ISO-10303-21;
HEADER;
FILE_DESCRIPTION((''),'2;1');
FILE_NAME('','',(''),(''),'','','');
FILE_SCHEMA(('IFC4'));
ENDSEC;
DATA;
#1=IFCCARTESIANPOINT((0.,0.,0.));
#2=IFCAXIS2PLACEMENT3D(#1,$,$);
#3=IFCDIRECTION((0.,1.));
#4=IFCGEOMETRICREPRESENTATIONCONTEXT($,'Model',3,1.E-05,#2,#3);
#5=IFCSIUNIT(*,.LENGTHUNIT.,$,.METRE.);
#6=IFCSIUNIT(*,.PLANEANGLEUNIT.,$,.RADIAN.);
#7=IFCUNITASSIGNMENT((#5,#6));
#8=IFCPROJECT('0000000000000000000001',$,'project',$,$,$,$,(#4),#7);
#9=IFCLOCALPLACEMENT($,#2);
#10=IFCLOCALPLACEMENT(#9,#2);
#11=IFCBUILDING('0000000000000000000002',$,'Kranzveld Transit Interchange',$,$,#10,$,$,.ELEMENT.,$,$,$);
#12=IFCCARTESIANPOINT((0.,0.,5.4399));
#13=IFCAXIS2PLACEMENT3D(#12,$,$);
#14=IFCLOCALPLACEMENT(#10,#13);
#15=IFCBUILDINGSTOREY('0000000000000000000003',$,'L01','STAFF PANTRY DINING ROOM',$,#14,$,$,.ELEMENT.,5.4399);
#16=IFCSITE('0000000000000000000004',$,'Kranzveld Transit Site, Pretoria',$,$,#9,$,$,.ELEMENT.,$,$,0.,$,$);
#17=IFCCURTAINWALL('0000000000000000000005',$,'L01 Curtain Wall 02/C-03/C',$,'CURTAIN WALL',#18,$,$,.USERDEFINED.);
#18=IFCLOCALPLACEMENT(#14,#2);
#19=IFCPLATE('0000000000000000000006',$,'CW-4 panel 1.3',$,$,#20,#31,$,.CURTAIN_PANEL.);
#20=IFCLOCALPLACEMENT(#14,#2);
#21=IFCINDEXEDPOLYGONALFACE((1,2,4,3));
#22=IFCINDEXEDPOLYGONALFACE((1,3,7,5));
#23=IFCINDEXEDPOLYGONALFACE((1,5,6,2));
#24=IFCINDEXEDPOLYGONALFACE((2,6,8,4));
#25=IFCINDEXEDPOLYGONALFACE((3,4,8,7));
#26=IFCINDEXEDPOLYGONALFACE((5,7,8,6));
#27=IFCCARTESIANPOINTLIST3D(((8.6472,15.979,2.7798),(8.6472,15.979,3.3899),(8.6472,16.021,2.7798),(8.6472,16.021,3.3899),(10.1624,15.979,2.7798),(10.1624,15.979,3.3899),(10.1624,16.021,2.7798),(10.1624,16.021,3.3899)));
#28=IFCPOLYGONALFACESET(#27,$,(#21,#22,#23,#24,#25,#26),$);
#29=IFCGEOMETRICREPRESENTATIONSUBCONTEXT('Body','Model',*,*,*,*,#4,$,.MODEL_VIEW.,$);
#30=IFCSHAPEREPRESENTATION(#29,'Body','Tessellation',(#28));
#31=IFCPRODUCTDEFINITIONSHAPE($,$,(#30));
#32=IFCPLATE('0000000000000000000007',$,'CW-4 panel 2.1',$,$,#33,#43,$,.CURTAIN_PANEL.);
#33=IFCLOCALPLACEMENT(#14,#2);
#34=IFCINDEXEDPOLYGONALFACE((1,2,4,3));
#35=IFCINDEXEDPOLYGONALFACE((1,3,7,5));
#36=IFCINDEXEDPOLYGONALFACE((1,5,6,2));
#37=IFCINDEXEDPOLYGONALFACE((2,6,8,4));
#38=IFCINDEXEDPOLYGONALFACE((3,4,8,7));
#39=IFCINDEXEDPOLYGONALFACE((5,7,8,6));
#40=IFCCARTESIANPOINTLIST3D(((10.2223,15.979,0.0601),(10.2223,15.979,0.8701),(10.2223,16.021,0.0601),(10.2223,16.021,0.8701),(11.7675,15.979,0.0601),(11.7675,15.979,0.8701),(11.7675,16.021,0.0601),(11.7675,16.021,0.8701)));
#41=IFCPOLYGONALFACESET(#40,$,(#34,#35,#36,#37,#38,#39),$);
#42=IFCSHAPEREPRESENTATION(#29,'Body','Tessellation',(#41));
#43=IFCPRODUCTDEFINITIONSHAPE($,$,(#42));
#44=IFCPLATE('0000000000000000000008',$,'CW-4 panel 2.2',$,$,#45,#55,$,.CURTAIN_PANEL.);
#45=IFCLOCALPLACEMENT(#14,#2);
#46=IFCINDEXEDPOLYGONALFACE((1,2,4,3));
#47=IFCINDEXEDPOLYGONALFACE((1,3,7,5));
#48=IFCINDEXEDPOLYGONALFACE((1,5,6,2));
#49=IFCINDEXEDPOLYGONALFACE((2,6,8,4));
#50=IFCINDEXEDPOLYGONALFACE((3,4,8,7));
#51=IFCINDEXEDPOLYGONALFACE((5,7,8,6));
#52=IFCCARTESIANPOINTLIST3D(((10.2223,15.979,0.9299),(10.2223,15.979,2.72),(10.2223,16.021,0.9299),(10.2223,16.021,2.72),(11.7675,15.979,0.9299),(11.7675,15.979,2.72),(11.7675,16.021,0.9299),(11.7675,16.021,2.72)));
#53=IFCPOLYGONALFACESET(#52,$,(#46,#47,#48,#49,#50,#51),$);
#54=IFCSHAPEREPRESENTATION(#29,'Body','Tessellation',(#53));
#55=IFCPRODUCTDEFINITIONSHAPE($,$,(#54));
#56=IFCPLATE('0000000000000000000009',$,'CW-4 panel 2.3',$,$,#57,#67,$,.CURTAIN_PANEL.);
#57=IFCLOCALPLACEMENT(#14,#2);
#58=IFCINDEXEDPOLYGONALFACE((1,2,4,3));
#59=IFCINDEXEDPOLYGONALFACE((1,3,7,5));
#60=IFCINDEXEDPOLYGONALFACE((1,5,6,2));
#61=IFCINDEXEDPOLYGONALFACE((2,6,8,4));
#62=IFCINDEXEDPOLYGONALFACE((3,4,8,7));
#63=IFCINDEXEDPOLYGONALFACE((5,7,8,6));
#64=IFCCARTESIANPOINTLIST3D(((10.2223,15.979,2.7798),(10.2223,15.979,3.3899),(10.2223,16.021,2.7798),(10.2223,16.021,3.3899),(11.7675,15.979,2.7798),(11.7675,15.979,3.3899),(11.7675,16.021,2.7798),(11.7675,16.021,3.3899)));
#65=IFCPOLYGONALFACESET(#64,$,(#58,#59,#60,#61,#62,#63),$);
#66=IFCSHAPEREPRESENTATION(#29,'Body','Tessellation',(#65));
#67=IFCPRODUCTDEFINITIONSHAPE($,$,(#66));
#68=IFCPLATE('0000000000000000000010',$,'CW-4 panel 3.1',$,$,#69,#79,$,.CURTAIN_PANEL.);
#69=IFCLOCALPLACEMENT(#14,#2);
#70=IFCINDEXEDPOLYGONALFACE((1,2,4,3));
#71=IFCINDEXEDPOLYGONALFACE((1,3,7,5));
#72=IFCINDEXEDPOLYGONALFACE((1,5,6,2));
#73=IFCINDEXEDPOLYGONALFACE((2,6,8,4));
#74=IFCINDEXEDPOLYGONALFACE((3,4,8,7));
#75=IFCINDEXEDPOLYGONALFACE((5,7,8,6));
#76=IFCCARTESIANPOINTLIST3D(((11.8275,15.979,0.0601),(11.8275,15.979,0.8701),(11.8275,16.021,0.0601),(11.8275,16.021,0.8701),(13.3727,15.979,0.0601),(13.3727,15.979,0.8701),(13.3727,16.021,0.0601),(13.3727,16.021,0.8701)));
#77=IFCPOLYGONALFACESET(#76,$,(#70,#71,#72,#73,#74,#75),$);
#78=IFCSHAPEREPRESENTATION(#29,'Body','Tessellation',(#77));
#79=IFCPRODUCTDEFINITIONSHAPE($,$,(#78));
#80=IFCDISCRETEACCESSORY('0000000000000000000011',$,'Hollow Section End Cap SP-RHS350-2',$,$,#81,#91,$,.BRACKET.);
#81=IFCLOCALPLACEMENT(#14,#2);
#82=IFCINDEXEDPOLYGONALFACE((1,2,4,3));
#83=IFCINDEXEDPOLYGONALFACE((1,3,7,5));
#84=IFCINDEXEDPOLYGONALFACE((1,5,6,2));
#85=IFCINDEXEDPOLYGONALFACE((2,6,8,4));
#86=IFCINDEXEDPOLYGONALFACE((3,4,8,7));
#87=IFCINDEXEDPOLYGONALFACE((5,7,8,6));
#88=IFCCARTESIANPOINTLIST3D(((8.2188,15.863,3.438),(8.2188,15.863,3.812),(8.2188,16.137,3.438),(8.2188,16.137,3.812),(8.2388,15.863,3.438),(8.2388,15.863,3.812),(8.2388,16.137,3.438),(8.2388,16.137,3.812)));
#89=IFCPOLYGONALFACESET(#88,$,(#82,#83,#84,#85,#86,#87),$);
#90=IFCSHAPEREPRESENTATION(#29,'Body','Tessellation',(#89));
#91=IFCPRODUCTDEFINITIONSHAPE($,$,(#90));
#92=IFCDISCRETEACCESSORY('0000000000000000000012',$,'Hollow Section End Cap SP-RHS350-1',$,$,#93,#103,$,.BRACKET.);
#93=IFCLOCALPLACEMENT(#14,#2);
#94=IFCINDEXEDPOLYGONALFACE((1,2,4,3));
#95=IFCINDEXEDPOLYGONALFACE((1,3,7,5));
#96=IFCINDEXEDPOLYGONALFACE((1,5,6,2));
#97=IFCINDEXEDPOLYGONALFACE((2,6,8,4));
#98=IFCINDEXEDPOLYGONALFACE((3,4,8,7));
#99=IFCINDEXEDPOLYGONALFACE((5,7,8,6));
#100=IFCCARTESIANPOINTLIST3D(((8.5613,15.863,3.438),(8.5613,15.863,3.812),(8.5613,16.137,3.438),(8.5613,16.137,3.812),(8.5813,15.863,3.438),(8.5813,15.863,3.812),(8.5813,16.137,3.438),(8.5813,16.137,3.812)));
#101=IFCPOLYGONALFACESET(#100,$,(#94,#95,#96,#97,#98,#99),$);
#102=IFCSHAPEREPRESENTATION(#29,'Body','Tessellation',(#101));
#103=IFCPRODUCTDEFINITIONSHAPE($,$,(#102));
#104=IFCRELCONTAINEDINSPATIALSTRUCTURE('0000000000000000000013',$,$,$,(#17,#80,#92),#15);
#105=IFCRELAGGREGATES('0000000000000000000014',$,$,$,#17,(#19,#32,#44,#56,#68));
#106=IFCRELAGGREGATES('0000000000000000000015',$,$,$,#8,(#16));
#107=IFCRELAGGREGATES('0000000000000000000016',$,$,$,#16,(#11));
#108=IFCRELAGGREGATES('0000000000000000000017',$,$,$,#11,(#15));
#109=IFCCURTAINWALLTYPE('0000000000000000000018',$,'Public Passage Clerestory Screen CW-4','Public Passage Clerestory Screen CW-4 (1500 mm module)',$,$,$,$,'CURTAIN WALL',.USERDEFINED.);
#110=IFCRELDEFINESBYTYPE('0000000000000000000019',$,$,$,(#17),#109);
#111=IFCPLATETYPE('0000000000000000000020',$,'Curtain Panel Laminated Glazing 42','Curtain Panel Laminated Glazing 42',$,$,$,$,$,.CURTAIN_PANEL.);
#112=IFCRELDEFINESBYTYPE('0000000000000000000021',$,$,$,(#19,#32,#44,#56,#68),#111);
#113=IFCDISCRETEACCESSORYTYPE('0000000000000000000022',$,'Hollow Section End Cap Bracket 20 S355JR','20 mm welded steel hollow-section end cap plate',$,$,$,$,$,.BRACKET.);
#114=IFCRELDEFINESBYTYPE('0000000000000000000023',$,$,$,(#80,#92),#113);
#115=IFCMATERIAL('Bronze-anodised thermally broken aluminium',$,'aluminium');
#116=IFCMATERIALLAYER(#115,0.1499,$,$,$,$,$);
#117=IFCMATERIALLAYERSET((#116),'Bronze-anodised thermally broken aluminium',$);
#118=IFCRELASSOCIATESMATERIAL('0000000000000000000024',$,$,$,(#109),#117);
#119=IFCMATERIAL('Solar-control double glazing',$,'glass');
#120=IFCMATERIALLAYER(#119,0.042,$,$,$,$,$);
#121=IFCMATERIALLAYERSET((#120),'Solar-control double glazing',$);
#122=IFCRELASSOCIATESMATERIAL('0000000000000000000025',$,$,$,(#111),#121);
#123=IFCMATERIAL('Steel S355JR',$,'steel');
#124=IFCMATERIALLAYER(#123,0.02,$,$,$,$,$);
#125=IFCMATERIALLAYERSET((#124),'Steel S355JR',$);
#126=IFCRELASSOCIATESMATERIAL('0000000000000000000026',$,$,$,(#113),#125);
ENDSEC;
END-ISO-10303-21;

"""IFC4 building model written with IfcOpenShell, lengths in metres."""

from ifc_helpers import new_model, si_unit, direction, frame, origin, origin_2d, place, context, subcontext, project, spatial, rectangle, extrude, material, layer, layer_set, type_object, element, aggregate, save


model = new_model("IFC4")

# Units and contexts
model_context = context("Model", 3, precision=1e-05, world=origin(), true_north=direction((0.0, 1.0)))
body_context = subcontext(model_context, "Body", "Model", "MODEL_VIEW")
ifc_project = project(units=[si_unit("LENGTHUNIT", "METRE"), si_unit("PLANEANGLEUNIT", "RADIAN")], contexts=[model_context])

# Site, building, storey
site_placement = place(None, origin())
site = spatial("IfcSite", under=ifc_project, at=site_placement, Name="Kranzveld Transit Site, Pretoria", CompositionType="ELEMENT", RefElevation=0.0)
building_placement = place(site_placement, origin())
building = spatial("IfcBuilding", under=site, at=building_placement, Name="Kranzveld Transit Interchange", CompositionType="ELEMENT")
storey_placement = place(building_placement, frame((0.0, 0.0, 5.4399)))
storey = spatial("IfcBuildingStorey", under=building, at=storey_placement, Name="L01", Description="STAFF PANTRY DINING ROOM", CompositionType="ELEMENT", Elevation=5.4399)

# Curtain wall
ifc_material_1 = material(Name="Bronze-anodised thermally broken aluminium", Category="aluminium")
ifc_layer_1 = layer(ifc_material_1, 0.1499)
ifc_layer_set_1 = layer_set([ifc_layer_1], Name="Bronze-anodised thermally broken aluminium")
curtain_wall_type = type_object("IfcCurtainWallType", Name="Public Passage Clerestory Screen CW-4", Description="Public Passage Clerestory Screen CW-4 (1500 mm module)", ElementType="CURTAIN WALL", PredefinedType="USERDEFINED", material=ifc_layer_set_1)
curtain_wall_placement = place(storey_placement, origin())
curtain_wall = element("IfcCurtainWall", 1, at=curtain_wall_placement, inside=storey, type_object=curtain_wall_type, Name="L01 Curtain Wall 02/C-03/C", ObjectType="CURTAIN WALL", PredefinedType="USERDEFINED")

# Plates
ifc_material_2 = material(Name="Solar-control double glazing", Category="glass")
ifc_layer_2 = layer(ifc_material_2, 0.042)
ifc_layer_set_2 = layer_set([ifc_layer_2], Name="Solar-control double glazing")
plate_type = type_object("IfcPlateType", Name="Curtain Panel Laminated Glazing 42", Description="Curtain Panel Laminated Glazing 42", PredefinedType="CURTAIN_PANEL", material=ifc_layer_set_2)
plate_1_placement = place(storey_placement, frame((9.4048, 16.0, 2.7798), z_axis=(0.0, 0.0, 1.0), x_axis=(1.0, 0.0, 0.0)))
plate_1 = element("IfcPlate", 2, at=plate_1_placement, type_object=plate_type, Name="CW-4 panel 1.3", PredefinedType="CURTAIN_PANEL", context=body_context, shape_type="SweptSolid", body=[
    extrude(rectangle(XDim=1.5151, YDim=0.042, at=origin_2d()), origin(), (0.0, 0.0, 1.0), 0.6101),
])
plate_2_placement = place(storey_placement, frame((10.9949, 16.0, 0.0601), z_axis=(0.0, 0.0, 1.0), x_axis=(1.0, 0.0, 0.0)))
plate_2 = element("IfcPlate", 3, at=plate_2_placement, type_object=plate_type, Name="CW-4 panel 2.1", PredefinedType="CURTAIN_PANEL", context=body_context, shape_type="SweptSolid", body=[
    extrude(rectangle(XDim=1.5452, YDim=0.042, at=origin_2d()), origin(), (0.0, 0.0, 1.0), 0.8101),
])
plate_3_placement = place(storey_placement, frame((10.9949, 16.0, 0.9299), z_axis=(0.0, 0.0, 1.0), x_axis=(1.0, 0.0, 0.0)))
plate_3 = element("IfcPlate", 4, at=plate_3_placement, type_object=plate_type, Name="CW-4 panel 2.2", PredefinedType="CURTAIN_PANEL", context=body_context, shape_type="SweptSolid", body=[
    extrude(rectangle(XDim=1.5452, YDim=0.042, at=origin_2d()), origin(), (0.0, 0.0, 1.0), 1.79),
])
plate_4_placement = place(storey_placement, frame((10.9949, 16.0, 2.7798), z_axis=(0.0, 0.0, 1.0), x_axis=(1.0, 0.0, 0.0)))
plate_4 = element("IfcPlate", 5, at=plate_4_placement, type_object=plate_type, Name="CW-4 panel 2.3", PredefinedType="CURTAIN_PANEL", context=body_context, shape_type="SweptSolid", body=[
    extrude(rectangle(XDim=1.5452, YDim=0.042, at=origin_2d()), origin(), (0.0, 0.0, 1.0), 0.6101),
])
plate_5_placement = place(storey_placement, frame((12.6001, 16.0, 0.0601), z_axis=(0.0, 0.0, 1.0), x_axis=(1.0, 0.0, 0.0)))
plate_5 = element("IfcPlate", 6, at=plate_5_placement, type_object=plate_type, Name="CW-4 panel 3.1", PredefinedType="CURTAIN_PANEL", context=body_context, shape_type="SweptSolid", body=[
    extrude(rectangle(XDim=1.5452, YDim=0.042, at=origin_2d()), origin(), (0.0, 0.0, 1.0), 0.8101),
])
aggregate(curtain_wall, [plate_1, plate_2, plate_3, plate_4, plate_5])

# Discrete accessories
ifc_material_3 = material(Name="Steel S355JR", Category="steel")
ifc_layer_3 = layer(ifc_material_3, 0.02)
ifc_layer_set_3 = layer_set([ifc_layer_3], Name="Steel S355JR")
discrete_accessory_type = type_object("IfcDiscreteAccessoryType", Name="Hollow Section End Cap Bracket 20 S355JR", Description="20 mm welded steel hollow-section end cap plate", PredefinedType="BRACKET", material=ifc_layer_set_3)
for number, where, z_axis, x_axis, name in (
    (7, (8.2188, 16.0, 3.625), (1.0, 0.0, 0.0), (0.0, 1.0, 0.0), "Hollow Section End Cap SP-RHS350-2"),
    (8, (8.5813, 16.0, 3.625), (-1.0, 0.0, 0.0), (0.0, -1.0, 0.0), "Hollow Section End Cap SP-RHS350-1"),
):
    element("IfcDiscreteAccessory", number, at=place(storey_placement, frame(where, z_axis=z_axis, x_axis=x_axis)), inside=storey, type_object=discrete_accessory_type, Name=name, PredefinedType="BRACKET", context=body_context, shape_type="SweptSolid", body=[
        extrude(rectangle(XDim=0.2739, YDim=0.374, at=origin_2d()), origin(), (0.0, 0.0, 1.0), 0.02),
    ])

save(model, "model.ifc")
